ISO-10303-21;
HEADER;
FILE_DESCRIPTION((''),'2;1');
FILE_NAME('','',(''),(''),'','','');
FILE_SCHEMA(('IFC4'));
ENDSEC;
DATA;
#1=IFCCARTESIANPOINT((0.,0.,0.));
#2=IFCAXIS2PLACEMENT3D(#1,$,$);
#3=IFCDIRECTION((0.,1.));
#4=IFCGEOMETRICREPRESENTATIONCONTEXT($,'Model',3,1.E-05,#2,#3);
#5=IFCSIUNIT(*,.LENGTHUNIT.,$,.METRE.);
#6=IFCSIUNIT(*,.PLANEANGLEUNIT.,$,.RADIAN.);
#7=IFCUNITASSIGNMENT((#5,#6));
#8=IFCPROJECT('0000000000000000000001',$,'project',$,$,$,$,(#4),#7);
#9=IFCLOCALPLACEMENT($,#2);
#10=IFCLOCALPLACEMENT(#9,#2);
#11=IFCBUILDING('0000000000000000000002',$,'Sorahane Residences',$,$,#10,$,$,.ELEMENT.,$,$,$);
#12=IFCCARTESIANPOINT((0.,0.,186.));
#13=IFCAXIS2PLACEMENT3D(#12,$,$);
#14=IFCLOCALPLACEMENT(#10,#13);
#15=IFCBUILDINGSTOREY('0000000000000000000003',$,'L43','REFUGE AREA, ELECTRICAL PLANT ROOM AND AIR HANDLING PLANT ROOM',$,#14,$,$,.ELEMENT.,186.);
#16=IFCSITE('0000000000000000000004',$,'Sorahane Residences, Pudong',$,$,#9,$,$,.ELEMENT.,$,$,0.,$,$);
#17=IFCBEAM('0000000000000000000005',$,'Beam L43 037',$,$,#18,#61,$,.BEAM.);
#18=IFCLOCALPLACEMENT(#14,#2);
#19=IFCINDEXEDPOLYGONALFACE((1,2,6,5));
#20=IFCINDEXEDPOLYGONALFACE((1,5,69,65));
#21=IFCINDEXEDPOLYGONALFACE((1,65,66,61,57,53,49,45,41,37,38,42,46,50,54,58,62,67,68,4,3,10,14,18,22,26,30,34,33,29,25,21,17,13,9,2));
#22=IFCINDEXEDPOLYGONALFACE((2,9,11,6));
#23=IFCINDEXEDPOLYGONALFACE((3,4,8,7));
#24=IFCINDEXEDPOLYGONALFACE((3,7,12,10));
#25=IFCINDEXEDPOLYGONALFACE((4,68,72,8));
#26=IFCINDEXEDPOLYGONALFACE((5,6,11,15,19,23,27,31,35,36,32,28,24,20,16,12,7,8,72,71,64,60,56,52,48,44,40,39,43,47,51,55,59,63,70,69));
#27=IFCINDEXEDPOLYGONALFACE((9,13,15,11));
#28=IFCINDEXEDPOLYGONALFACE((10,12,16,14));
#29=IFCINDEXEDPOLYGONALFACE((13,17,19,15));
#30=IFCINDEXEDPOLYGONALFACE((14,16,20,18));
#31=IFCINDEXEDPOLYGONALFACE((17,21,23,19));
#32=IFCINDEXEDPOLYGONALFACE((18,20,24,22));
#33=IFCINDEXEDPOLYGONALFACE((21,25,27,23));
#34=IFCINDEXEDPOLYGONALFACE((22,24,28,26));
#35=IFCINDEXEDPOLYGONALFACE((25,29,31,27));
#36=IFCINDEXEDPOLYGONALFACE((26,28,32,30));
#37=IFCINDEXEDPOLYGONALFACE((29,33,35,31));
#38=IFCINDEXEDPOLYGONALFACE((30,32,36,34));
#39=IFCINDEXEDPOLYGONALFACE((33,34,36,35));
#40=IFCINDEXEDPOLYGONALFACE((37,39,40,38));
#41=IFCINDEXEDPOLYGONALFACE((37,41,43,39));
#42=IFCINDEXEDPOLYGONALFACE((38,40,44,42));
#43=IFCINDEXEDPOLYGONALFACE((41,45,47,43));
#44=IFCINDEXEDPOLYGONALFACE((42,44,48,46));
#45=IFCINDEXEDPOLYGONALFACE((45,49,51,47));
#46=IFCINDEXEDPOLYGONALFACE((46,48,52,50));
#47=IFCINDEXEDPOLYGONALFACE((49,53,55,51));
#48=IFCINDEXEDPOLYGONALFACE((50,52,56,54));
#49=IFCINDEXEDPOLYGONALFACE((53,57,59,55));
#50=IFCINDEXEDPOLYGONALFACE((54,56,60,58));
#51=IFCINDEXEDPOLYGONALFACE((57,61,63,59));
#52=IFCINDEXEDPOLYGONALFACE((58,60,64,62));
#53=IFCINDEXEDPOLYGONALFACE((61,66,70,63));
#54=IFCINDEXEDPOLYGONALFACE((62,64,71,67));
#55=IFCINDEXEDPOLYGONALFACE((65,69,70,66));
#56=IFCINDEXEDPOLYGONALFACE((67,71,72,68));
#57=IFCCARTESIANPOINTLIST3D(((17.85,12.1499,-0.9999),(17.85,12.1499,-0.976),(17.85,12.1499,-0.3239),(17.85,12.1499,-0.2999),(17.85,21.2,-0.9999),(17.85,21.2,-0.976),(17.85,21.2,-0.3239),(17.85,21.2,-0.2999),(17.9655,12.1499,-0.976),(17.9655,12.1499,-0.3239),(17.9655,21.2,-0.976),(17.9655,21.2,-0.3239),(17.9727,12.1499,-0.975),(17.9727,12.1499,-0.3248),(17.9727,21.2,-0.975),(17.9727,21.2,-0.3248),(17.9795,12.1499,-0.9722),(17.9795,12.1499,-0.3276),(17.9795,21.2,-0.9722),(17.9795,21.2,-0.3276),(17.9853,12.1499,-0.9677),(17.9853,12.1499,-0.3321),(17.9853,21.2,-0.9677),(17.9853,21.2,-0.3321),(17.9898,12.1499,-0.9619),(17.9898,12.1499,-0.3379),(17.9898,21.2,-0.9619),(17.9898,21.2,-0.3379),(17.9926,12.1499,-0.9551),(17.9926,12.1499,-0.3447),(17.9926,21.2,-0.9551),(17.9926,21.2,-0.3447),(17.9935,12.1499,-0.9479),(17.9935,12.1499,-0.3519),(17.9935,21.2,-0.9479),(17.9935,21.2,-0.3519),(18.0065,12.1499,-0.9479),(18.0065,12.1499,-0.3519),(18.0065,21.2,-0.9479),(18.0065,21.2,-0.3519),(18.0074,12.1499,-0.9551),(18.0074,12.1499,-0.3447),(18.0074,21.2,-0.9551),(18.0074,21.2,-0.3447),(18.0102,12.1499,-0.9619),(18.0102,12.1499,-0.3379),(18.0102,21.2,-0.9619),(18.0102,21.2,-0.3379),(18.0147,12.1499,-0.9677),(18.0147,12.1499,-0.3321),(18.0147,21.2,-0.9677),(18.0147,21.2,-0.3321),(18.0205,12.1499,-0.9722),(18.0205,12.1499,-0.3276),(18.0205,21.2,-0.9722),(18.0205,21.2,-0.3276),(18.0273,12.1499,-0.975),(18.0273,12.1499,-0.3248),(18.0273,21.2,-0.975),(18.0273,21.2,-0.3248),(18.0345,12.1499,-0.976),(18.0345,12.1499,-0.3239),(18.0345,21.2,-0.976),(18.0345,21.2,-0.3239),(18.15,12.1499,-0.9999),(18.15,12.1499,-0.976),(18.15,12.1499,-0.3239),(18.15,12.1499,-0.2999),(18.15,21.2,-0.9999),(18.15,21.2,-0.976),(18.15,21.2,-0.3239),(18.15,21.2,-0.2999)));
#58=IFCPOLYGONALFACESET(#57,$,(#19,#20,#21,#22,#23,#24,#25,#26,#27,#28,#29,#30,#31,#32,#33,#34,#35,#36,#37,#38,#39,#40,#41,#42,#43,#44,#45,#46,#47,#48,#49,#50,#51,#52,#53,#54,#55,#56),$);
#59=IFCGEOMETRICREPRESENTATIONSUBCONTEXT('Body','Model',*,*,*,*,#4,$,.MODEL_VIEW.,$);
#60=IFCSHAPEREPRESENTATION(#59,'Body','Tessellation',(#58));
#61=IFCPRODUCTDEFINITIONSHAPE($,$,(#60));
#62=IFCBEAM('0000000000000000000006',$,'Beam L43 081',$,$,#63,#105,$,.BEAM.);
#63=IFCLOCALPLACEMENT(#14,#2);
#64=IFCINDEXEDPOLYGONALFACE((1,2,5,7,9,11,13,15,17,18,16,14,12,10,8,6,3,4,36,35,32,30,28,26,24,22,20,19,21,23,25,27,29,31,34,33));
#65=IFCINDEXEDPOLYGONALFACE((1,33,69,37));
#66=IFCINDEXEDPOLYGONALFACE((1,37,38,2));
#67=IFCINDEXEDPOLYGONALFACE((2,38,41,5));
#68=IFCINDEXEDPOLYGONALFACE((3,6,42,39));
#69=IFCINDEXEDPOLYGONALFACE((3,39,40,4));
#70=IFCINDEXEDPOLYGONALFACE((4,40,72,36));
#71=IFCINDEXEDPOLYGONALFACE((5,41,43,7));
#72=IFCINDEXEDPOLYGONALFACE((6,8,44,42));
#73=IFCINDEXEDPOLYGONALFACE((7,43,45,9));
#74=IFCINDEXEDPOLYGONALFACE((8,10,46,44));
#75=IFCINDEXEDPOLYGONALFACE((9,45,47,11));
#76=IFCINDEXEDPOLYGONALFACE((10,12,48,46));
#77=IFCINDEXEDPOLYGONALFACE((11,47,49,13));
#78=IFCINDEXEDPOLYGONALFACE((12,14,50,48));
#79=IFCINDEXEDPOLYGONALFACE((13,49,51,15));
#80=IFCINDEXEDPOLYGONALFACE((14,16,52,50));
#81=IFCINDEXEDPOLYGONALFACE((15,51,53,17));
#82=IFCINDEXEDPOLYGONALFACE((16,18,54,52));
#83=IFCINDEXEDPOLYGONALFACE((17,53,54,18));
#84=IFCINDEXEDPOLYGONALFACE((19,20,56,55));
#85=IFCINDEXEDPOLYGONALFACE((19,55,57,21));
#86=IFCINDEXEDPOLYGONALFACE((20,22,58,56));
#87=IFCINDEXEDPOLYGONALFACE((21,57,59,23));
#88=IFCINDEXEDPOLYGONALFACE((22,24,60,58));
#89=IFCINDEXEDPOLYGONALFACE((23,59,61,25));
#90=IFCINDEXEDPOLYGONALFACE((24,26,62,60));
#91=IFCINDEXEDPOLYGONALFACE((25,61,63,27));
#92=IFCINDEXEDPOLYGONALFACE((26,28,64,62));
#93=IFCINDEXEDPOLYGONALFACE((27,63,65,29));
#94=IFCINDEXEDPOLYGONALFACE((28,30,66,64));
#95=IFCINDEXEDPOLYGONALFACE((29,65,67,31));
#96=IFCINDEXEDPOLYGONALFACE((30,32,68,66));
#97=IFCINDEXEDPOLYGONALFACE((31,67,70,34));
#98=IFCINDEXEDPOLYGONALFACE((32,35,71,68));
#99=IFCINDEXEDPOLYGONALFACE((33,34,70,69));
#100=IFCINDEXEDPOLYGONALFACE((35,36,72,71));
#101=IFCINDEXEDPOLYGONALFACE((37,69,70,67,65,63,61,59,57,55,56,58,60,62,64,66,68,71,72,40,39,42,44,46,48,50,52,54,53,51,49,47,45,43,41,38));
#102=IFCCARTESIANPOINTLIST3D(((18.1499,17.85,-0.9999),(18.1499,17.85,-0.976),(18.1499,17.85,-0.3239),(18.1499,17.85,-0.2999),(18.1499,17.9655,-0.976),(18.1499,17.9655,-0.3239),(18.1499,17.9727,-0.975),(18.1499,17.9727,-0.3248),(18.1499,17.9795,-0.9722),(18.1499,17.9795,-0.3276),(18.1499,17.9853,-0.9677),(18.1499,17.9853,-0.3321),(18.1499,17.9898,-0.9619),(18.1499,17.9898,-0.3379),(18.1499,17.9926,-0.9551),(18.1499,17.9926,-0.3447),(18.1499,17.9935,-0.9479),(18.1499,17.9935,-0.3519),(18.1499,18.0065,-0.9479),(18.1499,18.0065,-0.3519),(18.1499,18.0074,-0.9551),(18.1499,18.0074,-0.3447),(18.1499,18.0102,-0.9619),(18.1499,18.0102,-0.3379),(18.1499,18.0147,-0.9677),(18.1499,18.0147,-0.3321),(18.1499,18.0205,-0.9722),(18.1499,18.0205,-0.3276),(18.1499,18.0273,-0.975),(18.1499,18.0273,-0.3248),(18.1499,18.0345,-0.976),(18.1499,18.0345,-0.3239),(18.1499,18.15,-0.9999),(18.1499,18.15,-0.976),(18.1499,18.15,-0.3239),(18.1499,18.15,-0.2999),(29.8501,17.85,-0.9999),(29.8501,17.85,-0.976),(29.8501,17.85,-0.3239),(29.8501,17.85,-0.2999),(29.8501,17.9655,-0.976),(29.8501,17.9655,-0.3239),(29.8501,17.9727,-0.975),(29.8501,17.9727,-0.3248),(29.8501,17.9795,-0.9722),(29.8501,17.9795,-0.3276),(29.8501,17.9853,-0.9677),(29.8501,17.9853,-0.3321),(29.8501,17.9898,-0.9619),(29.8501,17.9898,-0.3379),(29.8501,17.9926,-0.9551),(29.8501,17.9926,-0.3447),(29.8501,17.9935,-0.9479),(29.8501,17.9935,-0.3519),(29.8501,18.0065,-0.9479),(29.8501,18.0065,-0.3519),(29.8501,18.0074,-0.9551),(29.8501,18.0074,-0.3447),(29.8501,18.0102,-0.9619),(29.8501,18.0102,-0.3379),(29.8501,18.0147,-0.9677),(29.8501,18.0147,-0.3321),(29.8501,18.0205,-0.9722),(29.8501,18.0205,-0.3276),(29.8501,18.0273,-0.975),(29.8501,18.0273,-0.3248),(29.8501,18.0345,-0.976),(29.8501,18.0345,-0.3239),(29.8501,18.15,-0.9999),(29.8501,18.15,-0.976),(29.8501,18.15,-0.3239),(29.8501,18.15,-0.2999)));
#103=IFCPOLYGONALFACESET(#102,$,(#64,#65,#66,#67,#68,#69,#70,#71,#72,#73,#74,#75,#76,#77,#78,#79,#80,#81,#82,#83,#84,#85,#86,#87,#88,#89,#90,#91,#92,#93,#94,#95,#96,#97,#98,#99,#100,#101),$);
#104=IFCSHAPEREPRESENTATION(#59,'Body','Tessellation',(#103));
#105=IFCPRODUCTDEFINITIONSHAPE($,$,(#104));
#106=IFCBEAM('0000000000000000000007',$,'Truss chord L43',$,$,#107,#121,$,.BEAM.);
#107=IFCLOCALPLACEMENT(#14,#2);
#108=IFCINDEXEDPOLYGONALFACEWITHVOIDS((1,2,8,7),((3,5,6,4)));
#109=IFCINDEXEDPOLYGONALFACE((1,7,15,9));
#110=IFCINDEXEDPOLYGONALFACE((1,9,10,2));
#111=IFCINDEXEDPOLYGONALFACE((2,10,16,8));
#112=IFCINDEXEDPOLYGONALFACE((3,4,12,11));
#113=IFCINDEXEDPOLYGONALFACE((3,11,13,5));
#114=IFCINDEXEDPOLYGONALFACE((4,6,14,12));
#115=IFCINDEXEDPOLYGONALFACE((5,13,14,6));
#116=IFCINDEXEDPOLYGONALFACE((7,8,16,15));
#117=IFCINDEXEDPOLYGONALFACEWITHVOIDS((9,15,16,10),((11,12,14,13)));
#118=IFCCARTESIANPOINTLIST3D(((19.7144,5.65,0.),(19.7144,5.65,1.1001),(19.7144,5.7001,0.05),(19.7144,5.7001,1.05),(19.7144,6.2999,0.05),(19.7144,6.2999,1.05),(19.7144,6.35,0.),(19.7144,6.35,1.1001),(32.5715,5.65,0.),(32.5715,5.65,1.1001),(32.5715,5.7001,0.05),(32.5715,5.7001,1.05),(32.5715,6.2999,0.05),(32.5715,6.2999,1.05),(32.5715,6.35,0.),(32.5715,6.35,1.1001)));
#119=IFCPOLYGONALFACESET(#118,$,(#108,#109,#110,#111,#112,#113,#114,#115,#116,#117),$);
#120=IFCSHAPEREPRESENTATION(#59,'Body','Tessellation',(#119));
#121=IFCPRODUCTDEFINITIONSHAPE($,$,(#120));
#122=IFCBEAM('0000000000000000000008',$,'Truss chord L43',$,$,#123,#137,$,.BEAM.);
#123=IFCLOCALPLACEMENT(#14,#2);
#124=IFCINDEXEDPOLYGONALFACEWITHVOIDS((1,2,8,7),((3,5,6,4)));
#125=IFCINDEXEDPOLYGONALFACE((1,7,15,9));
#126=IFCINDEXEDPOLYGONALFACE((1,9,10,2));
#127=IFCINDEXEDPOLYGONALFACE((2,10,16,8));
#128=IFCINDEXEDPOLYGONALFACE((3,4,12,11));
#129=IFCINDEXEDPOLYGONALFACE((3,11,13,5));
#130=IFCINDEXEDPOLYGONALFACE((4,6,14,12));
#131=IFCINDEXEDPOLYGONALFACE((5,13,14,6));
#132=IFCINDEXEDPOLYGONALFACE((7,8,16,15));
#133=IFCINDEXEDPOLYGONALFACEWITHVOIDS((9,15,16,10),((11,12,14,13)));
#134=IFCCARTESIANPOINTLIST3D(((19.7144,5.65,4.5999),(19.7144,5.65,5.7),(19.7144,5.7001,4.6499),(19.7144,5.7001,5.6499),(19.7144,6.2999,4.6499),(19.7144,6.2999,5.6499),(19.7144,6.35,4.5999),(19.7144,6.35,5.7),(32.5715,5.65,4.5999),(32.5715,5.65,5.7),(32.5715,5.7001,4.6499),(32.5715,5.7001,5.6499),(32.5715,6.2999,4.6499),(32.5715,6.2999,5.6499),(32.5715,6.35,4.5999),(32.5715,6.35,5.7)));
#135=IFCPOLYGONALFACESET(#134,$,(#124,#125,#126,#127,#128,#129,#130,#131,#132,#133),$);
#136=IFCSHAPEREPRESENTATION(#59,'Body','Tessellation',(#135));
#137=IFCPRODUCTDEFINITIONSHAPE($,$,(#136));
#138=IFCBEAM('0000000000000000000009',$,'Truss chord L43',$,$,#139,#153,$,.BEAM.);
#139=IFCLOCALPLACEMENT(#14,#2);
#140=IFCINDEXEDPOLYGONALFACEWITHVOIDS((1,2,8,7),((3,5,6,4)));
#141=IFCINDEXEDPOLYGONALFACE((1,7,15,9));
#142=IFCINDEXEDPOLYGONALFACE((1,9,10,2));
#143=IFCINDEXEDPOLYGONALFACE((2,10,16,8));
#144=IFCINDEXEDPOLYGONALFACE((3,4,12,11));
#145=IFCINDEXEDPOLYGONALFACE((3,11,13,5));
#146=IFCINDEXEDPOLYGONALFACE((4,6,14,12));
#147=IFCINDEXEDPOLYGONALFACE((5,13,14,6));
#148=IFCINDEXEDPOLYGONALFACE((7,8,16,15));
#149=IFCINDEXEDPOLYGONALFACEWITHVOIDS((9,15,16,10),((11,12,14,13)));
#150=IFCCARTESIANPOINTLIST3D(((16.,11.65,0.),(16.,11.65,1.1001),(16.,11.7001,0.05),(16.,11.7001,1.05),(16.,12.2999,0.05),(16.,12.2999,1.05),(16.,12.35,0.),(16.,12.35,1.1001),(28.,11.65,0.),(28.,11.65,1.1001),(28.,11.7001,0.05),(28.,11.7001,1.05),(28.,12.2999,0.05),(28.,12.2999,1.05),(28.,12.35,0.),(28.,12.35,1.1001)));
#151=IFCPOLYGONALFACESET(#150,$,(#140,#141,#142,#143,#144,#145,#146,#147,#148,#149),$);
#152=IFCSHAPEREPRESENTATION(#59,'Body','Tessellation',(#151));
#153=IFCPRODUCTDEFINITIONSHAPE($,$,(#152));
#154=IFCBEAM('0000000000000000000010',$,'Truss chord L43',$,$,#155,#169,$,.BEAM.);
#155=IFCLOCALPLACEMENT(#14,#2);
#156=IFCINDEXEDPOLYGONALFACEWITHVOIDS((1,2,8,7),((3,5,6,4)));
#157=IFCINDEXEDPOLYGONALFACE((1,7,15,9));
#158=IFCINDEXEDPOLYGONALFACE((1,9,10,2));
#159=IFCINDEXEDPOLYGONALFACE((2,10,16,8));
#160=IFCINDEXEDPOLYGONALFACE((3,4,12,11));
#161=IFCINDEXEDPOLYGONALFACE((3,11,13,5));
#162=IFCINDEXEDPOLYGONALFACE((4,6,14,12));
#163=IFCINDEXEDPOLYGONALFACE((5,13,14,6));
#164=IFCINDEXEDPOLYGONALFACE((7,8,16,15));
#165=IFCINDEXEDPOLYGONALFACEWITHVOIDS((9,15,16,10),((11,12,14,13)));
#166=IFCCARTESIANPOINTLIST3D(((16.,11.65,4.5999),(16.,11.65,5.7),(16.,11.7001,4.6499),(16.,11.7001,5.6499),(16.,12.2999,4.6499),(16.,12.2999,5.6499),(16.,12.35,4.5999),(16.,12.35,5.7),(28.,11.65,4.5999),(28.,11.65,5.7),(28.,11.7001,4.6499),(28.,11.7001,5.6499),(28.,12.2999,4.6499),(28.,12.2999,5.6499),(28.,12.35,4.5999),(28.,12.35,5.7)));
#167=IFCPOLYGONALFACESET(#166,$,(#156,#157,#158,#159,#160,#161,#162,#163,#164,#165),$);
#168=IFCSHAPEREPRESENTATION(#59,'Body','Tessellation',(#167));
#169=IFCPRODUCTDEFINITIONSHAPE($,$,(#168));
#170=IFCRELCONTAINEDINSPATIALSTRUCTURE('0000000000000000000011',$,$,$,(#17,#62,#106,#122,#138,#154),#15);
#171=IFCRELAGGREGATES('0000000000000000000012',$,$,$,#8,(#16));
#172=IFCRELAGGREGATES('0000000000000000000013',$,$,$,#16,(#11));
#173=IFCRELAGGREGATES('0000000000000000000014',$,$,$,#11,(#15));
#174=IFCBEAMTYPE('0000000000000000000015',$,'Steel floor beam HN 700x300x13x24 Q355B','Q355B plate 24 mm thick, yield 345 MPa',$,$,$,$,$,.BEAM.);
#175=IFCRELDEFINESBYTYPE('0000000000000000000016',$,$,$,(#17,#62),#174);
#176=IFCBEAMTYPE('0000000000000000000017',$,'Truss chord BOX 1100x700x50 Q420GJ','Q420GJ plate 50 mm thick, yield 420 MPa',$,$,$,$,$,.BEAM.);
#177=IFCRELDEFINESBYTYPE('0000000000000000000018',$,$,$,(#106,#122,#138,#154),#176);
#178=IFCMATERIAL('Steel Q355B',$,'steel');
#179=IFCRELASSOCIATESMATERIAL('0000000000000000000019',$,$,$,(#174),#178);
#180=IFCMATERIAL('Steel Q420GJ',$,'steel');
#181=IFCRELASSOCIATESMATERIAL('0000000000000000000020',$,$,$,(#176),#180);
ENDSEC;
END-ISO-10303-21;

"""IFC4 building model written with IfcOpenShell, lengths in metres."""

from ifc_helpers import new_model, si_unit, direction, frame, origin, origin_2d, place, context, subcontext, project, spatial, hollow_rectangle, i_section, extrude, material, material_profile, profile_set, type_object, element, save


model = new_model("IFC4")

# Units and contexts
model_context = context("Model", 3, precision=1e-05, world=origin(), true_north=direction((0.0, 1.0)))
body_context = subcontext(model_context, "Body", "Model", "MODEL_VIEW")
ifc_project = project(units=[si_unit("LENGTHUNIT", "METRE"), si_unit("PLANEANGLEUNIT", "RADIAN")], contexts=[model_context])

# Site, building, storey
site_placement = place(None, origin())
site = spatial("IfcSite", under=ifc_project, at=site_placement, Name="Sorahane Residences, Pudong", CompositionType="ELEMENT", RefElevation=0.0)
building_placement = place(site_placement, origin())
building = spatial("IfcBuilding", under=site, at=building_placement, Name="Sorahane Residences", CompositionType="ELEMENT")
storey_placement = place(building_placement, frame((0.0, 0.0, 186.0)))
storey = spatial("IfcBuildingStorey", under=building, at=storey_placement, Name="L43", Description="REFUGE AREA, ELECTRICAL PLANT ROOM AND AIR HANDLING PLANT ROOM", CompositionType="ELEMENT", Elevation=186.0)

# Beams
ifc_material_1 = material(Name="Steel Q355B", Category="steel")
ifc_material_profile_1 = material_profile(ifc_material_1, i_section(OverallWidth=0.3, OverallDepth=0.7, WebThickness=0.0129, FlangeThickness=0.0239, FilletRadius=0.0281, at=origin_2d()), Name="HN 700x300x13x24")
ifc_profile_set_1 = profile_set([ifc_material_profile_1], Name="Steel Q355B")
beam_type_1 = type_object("IfcBeamType", Name="Steel floor beam HN 700x300x13x24 Q355B", Description="Q355B plate 24 mm thick, yield 345 MPa", PredefinedType="BEAM", material=ifc_profile_set_1)
beam_1_placement = place(storey_placement, frame((18.0, 12.1499, -0.6499), z_axis=(0.0, 1.0, 0.0), x_axis=(-1.0, 0.0, 0.0)))
element("IfcBeam", 1, at=beam_1_placement, inside=storey, type_object=beam_type_1, Name="Beam L43 037", PredefinedType="BEAM", context=body_context, shape_type="SweptSolid", body=[
    extrude(i_section(OverallWidth=0.3, OverallDepth=0.7, WebThickness=0.0129, FlangeThickness=0.0239, FilletRadius=0.0281, at=origin_2d()), origin(), (0.0, 0.0, 1.0), 9.05),
])
beam_2_placement = place(storey_placement, frame((18.1499, 18.0, -0.6499), z_axis=(1.0, 0.0, 0.0), x_axis=(0.0, 1.0, 0.0)))
element("IfcBeam", 2, at=beam_2_placement, inside=storey, type_object=beam_type_1, Name="Beam L43 081", PredefinedType="BEAM", context=body_context, shape_type="SweptSolid", body=[
    extrude(i_section(OverallWidth=0.3, OverallDepth=0.7, WebThickness=0.0129, FlangeThickness=0.0239, FilletRadius=0.0281, at=origin_2d()), origin(), (0.0, 0.0, 1.0), 11.7002),
])
ifc_material_2 = material(Name="Steel Q420GJ", Category="steel")
ifc_material_profile_2 = material_profile(ifc_material_2, hollow_rectangle(XDim=0.7, YDim=1.1001, WallThickness=0.05, at=origin_2d()), Name="BOX 1100x700x50")
ifc_profile_set_2 = profile_set([ifc_material_profile_2], Name="Steel Q420GJ")
beam_type_2 = type_object("IfcBeamType", Name="Truss chord BOX 1100x700x50 Q420GJ", Description="Q420GJ plate 50 mm thick, yield 420 MPa", PredefinedType="BEAM", material=ifc_profile_set_2)
for number, where, z_axis, x_axis, name in (
    (3, (19.7144, 6.0, 0.55), (1.0, 0.0, 0.0), (0.0, 1.0, 0.0), "Truss chord L43"),
    (4, (19.7144, 6.0, 5.1499), (1.0, 0.0, 0.0), (0.0, 1.0, 0.0), "Truss chord L43"),
):
    element("IfcBeam", number, at=place(storey_placement, frame(where, z_axis=z_axis, x_axis=x_axis)), inside=storey, type_object=beam_type_2, Name=name, PredefinedType="BEAM", context=body_context, shape_type="SweptSolid", body=[
        extrude(hollow_rectangle(XDim=0.7, YDim=1.1001, WallThickness=0.05, at=origin_2d()), origin(), (0.0, 0.0, 1.0), 12.8572),
    ])
for number, where, z_axis, x_axis, name in (
    (5, (16.0, 12.0, 0.55), (1.0, 0.0, 0.0), (0.0, 1.0, 0.0), "Truss chord L43"),
    (6, (16.0, 12.0, 5.1499), (1.0, 0.0, 0.0), (0.0, 1.0, 0.0), "Truss chord L43"),
):
    element("IfcBeam", number, at=place(storey_placement, frame(where, z_axis=z_axis, x_axis=x_axis)), inside=storey, type_object=beam_type_2, Name=name, PredefinedType="BEAM", context=body_context, shape_type="SweptSolid", body=[
        extrude(hollow_rectangle(XDim=0.7, YDim=1.1001, WallThickness=0.05, at=origin_2d()), origin(), (0.0, 0.0, 1.0), 12.0),
    ])

save(model, "model.ifc")
